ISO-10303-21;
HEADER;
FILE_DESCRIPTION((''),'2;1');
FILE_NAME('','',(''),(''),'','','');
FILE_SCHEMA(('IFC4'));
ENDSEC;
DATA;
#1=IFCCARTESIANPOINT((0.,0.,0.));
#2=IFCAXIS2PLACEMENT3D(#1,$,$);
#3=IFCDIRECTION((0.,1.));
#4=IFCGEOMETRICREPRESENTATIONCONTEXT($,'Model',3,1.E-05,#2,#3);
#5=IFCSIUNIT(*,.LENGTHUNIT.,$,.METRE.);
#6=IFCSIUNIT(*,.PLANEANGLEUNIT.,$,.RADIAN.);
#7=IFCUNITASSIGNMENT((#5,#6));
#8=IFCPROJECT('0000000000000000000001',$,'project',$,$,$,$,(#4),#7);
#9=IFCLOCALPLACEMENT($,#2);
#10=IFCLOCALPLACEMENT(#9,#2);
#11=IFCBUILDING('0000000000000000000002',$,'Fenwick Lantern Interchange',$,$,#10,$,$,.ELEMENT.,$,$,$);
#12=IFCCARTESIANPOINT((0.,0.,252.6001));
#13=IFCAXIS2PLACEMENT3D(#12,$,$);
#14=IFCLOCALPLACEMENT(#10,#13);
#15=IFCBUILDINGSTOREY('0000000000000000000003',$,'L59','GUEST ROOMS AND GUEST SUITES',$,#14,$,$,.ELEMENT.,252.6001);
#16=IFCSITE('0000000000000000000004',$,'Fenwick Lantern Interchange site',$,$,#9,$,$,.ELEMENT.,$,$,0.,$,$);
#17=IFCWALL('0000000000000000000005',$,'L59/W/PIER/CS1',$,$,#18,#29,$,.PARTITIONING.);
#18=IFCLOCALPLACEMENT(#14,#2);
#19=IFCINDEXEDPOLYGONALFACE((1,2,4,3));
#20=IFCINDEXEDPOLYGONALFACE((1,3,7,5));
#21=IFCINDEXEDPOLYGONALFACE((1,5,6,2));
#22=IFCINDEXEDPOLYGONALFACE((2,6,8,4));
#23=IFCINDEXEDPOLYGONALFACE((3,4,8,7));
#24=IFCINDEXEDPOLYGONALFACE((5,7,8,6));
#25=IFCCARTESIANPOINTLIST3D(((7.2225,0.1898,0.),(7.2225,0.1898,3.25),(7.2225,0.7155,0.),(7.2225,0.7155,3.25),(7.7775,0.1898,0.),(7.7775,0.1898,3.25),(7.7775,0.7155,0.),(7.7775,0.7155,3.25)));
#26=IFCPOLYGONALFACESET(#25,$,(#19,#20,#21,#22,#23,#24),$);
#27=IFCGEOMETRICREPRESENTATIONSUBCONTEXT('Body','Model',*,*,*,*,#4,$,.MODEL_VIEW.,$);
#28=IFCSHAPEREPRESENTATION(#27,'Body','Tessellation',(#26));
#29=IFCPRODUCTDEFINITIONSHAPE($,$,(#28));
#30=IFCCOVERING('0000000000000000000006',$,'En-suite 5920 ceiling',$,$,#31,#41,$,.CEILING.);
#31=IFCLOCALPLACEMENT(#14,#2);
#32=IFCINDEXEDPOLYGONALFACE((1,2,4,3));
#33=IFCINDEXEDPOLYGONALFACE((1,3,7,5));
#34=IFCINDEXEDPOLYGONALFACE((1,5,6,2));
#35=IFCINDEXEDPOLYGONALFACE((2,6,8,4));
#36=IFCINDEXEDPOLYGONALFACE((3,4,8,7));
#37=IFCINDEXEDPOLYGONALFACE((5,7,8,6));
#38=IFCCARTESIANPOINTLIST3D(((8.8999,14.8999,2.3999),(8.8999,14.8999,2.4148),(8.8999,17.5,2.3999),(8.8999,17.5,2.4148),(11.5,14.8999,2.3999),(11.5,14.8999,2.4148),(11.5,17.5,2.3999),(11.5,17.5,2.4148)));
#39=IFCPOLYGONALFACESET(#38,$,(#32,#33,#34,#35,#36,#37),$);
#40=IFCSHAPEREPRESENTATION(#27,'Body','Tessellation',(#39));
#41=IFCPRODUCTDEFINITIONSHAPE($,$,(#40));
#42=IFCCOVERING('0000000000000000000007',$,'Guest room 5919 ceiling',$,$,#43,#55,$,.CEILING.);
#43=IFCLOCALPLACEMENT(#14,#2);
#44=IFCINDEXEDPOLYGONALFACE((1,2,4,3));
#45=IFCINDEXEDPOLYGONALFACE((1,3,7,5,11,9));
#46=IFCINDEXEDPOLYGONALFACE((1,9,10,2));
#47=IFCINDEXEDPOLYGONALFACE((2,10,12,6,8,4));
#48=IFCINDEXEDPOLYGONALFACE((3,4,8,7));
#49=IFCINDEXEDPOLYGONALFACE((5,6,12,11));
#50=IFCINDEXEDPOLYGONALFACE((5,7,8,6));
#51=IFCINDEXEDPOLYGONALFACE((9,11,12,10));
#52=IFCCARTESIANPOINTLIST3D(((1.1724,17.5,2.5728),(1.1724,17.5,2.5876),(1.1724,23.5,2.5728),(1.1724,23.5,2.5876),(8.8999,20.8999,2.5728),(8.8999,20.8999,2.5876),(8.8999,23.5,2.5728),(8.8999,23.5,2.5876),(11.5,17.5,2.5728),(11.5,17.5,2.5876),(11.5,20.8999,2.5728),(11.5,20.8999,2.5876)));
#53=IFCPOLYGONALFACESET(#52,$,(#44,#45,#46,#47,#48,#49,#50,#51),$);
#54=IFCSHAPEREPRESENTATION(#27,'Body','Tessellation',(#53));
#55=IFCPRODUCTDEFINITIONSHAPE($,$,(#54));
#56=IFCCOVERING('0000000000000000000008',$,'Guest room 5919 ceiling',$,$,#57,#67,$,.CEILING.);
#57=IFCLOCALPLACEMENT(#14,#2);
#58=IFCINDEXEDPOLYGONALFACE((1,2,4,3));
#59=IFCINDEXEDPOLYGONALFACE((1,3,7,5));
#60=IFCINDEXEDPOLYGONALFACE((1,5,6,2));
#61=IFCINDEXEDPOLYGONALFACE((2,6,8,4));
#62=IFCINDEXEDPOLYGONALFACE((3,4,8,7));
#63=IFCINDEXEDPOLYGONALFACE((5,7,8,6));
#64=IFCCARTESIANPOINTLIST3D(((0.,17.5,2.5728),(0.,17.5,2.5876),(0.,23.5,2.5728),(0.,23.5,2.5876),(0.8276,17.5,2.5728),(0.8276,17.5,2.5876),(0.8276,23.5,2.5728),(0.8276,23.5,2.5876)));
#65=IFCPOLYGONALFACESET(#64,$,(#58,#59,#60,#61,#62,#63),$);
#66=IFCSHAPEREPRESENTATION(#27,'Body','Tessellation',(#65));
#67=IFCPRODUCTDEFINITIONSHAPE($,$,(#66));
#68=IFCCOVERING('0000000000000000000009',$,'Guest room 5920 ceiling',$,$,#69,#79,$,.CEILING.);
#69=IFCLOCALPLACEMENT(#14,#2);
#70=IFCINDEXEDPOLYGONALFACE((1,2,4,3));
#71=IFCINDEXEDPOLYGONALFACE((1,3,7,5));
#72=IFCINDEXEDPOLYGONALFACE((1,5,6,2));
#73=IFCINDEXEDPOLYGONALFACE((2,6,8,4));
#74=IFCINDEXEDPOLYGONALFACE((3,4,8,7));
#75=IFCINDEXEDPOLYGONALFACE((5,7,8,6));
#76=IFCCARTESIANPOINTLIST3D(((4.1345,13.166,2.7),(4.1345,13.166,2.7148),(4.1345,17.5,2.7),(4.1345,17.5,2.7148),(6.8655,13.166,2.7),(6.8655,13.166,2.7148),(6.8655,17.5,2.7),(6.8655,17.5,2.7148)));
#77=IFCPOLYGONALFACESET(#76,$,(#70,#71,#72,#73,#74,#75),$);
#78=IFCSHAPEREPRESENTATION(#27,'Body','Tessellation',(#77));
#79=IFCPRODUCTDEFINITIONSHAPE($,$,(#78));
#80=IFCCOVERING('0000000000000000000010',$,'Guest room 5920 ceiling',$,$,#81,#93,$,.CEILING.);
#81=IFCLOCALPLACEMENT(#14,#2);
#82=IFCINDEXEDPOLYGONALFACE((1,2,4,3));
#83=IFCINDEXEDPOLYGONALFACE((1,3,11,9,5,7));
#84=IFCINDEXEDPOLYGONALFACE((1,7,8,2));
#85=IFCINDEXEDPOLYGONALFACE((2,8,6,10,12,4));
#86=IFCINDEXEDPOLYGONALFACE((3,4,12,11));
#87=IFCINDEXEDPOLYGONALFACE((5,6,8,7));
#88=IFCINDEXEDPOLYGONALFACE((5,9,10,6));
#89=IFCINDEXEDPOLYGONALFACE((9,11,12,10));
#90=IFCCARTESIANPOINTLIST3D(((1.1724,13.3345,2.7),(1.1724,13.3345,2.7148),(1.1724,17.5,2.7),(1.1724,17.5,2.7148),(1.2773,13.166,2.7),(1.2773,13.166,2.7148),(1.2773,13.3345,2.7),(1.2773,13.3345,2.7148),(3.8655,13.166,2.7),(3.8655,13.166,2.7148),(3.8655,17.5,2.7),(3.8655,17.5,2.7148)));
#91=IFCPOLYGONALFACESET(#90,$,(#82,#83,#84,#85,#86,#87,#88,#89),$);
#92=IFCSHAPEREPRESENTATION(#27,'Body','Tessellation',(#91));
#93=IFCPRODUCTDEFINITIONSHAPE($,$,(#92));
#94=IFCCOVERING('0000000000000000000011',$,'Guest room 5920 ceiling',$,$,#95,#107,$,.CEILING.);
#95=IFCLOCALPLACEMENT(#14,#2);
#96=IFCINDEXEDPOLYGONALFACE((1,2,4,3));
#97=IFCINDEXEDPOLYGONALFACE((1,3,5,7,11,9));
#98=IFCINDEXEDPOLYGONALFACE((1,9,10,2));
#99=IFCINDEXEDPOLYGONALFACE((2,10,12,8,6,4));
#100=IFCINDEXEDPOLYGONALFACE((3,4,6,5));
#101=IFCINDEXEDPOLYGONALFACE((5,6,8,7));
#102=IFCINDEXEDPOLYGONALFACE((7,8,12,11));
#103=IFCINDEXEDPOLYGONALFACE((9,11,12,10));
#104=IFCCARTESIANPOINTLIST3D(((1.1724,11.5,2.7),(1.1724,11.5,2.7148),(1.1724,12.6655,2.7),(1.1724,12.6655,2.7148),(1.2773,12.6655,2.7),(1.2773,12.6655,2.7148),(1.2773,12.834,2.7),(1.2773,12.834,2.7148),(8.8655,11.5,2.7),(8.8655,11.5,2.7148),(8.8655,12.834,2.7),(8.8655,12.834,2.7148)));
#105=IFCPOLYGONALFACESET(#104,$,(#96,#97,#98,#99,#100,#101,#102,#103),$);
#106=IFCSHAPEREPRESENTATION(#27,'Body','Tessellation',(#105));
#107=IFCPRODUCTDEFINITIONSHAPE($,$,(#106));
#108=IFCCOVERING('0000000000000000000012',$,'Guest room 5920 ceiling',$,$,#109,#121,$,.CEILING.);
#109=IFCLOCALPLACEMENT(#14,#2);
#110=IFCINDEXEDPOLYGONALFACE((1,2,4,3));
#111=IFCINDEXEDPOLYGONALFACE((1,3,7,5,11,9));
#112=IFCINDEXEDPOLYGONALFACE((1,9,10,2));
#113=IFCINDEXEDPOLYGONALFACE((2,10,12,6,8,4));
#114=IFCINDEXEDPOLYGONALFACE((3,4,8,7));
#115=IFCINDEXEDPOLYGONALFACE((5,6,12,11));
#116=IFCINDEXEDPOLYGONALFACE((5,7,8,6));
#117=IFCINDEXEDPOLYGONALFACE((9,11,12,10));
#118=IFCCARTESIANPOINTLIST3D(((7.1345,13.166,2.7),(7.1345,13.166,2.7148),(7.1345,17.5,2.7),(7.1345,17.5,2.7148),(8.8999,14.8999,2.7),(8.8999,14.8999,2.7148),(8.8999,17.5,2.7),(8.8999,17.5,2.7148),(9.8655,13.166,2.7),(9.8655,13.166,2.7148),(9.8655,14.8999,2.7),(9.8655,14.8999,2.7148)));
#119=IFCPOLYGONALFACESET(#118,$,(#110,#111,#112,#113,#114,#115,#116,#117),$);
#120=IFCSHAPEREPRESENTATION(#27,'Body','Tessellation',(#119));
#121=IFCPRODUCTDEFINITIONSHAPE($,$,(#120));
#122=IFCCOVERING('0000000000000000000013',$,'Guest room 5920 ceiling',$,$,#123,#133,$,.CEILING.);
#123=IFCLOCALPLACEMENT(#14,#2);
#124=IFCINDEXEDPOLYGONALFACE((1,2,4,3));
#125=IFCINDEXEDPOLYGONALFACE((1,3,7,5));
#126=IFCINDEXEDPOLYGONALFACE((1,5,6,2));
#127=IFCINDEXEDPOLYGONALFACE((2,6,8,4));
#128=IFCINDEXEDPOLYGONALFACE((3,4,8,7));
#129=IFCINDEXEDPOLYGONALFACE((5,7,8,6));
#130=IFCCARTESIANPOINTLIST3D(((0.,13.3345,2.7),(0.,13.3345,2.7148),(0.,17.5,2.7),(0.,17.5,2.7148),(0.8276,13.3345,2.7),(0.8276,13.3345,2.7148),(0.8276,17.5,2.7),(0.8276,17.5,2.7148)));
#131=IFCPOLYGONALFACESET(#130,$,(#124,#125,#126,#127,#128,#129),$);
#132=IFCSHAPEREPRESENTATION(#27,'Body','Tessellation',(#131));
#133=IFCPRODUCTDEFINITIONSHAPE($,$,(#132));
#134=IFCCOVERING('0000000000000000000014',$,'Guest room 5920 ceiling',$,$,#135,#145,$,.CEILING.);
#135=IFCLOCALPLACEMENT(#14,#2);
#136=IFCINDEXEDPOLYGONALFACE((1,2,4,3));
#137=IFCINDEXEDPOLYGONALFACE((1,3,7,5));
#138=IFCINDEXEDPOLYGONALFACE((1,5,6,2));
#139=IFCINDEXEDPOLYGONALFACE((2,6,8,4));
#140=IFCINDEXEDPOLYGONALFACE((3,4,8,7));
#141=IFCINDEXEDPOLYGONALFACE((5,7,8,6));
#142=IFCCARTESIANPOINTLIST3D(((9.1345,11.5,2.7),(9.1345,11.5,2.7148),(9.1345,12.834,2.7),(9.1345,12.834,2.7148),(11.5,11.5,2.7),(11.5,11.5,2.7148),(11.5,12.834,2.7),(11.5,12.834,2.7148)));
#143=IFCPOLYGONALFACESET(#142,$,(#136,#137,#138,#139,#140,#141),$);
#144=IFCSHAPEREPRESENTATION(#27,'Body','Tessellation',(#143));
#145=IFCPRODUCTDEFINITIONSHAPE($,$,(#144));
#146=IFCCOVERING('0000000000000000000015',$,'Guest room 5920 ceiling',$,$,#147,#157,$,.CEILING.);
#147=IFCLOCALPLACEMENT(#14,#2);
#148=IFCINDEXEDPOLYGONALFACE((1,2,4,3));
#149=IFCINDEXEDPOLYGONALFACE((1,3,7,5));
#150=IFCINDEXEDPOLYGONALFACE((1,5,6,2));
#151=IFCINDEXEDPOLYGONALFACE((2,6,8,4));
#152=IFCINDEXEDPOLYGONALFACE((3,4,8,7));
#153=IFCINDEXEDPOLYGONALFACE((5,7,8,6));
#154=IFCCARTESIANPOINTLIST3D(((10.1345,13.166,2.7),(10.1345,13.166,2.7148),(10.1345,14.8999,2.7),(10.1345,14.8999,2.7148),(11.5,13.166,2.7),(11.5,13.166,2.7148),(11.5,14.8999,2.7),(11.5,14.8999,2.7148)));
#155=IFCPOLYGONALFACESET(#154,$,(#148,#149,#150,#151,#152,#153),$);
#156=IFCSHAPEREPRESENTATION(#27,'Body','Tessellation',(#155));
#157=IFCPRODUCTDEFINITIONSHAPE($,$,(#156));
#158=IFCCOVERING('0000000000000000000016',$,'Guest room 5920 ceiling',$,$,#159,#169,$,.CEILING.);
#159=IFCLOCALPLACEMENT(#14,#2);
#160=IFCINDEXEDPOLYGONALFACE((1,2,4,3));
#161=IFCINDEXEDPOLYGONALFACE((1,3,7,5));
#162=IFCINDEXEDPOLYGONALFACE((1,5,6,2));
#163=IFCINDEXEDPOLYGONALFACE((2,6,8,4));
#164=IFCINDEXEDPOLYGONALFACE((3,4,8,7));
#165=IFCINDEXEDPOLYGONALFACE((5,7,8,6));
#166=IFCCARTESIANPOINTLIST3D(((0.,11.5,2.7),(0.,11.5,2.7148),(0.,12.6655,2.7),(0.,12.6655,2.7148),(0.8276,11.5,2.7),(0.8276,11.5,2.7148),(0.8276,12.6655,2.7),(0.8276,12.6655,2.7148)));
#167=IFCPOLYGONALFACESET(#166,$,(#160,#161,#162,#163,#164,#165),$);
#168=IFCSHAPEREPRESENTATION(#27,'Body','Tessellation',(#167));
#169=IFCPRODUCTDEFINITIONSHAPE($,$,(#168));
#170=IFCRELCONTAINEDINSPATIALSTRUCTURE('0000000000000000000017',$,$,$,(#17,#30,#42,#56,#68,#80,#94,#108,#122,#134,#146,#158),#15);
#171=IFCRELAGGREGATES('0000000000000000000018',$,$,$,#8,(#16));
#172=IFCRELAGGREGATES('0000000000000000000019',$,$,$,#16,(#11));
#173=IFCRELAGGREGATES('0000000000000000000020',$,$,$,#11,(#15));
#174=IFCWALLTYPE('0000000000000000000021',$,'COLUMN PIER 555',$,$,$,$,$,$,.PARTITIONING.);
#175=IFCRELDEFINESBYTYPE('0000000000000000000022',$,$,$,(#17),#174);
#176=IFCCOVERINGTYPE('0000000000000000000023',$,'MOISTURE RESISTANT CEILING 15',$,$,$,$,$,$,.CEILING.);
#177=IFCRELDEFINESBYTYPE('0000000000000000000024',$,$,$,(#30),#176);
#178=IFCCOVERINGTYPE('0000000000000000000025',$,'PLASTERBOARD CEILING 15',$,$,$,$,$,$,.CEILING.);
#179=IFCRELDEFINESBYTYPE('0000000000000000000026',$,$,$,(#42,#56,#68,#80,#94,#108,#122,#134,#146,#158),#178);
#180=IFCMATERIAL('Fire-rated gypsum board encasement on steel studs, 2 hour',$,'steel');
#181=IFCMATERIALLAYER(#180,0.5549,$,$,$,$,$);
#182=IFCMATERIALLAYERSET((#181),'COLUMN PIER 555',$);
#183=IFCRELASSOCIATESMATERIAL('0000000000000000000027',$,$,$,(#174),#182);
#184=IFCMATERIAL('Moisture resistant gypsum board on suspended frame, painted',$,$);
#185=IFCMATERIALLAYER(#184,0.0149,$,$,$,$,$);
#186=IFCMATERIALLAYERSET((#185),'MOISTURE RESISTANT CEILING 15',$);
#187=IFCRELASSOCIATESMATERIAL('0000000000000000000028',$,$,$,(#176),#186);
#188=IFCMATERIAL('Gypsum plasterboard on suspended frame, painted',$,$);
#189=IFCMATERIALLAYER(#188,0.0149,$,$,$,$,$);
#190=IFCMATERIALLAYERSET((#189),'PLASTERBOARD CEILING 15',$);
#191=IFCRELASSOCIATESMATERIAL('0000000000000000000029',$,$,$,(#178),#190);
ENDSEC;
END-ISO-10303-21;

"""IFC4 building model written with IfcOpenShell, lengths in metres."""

from ifc_helpers import new_model, si_unit, direction, frame, frame_2d, origin, place, context, subcontext, project, spatial, polyline, rectangle, outline, extrude, material, layer, layer_set, type_object, element, save


model = new_model("IFC4")

# Units and contexts
model_context = context("Model", 3, precision=1e-05, world=origin(), true_north=direction((0.0, 1.0)))
body_context = subcontext(model_context, "Body", "Model", "MODEL_VIEW")
ifc_project = project(units=[si_unit("LENGTHUNIT", "METRE"), si_unit("PLANEANGLEUNIT", "RADIAN")], contexts=[model_context])

# Site, building, storey
site_placement = place(None, origin())
site = spatial("IfcSite", under=ifc_project, at=site_placement, Name="Fenwick Lantern Interchange site", CompositionType="ELEMENT", RefElevation=0.0)
building_placement = place(site_placement, origin())
building = spatial("IfcBuilding", under=site, at=building_placement, Name="Fenwick Lantern Interchange", CompositionType="ELEMENT")
storey_placement = place(building_placement, frame((0.0, 0.0, 252.6001)))
storey = spatial("IfcBuildingStorey", under=building, at=storey_placement, Name="L59", Description="GUEST ROOMS AND GUEST SUITES", CompositionType="ELEMENT", Elevation=252.6001)

# Wall
ifc_material_1 = material(Name="Fire-rated gypsum board encasement on steel studs, 2 hour", Category="steel")
ifc_layer_1 = layer(ifc_material_1, 0.5549)
ifc_layer_set_1 = layer_set([ifc_layer_1], Name="COLUMN PIER 555")
wall_type = type_object("IfcWallType", Name="COLUMN PIER 555", PredefinedType="PARTITIONING", material=ifc_layer_set_1)
wall_placement = place(storey_placement, frame((7.5, 0.1899, 0.0), z_axis=(0.0, 0.0, 1.0), x_axis=(0.0, 1.0, 0.0)))
element("IfcWall", 1, at=wall_placement, inside=storey, type_object=wall_type, Name="L59/W/PIER/CS1", PredefinedType="PARTITIONING", context=body_context, shape_type="SweptSolid", body=[
    extrude(rectangle(XDim=0.5256, YDim=0.5549, at=frame_2d((0.2627, 0.0))), origin(), (0.0, 0.0, 1.0), 3.25),
])

# Coverings
ifc_material_2 = material(Name="Moisture resistant gypsum board on suspended frame, painted")
ifc_layer_2 = layer(ifc_material_2, 0.0149)
ifc_layer_set_2 = layer_set([ifc_layer_2], Name="MOISTURE RESISTANT CEILING 15")
covering_type_1 = type_object("IfcCoveringType", Name="MOISTURE RESISTANT CEILING 15", PredefinedType="CEILING", material=ifc_layer_set_2)
covering_1_placement = place(storey_placement, frame((0.0, 0.0, 2.3999)))
element("IfcCovering", 2, at=covering_1_placement, inside=storey, type_object=covering_type_1, Name="En-suite 5920 ceiling", PredefinedType="CEILING", context=body_context, shape_type="SweptSolid", body=[
    extrude(outline(polyline([(8.8999, 17.5), (8.8999, 14.8999), (11.5, 14.8999), (11.5, 17.5), (8.8999, 17.5)])), origin(), (0.0, 0.0, 1.0), 0.0149),
])
ifc_material_3 = material(Name="Gypsum plasterboard on suspended frame, painted")
ifc_layer_3 = layer(ifc_material_3, 0.0149)
ifc_layer_set_3 = layer_set([ifc_layer_3], Name="PLASTERBOARD CEILING 15")
covering_type_2 = type_object("IfcCoveringType", Name="PLASTERBOARD CEILING 15", PredefinedType="CEILING", material=ifc_layer_set_3)
covering_2_placement = place(storey_placement, frame((0.0, 0.0, 2.5728)))
element("IfcCovering", 3, at=covering_2_placement, inside=storey, type_object=covering_type_2, Name="Guest room 5919 ceiling", PredefinedType="CEILING", context=body_context, shape_type="SweptSolid", body=[
    extrude(outline(polyline([(1.1724, 17.5), (11.5, 17.5), (11.5, 20.8999), (8.8999, 20.8999), (8.8999, 23.5), (1.1724, 23.5), (1.1724, 17.5)])), origin(), (0.0, 0.0, 1.0), 0.0149),
])
covering_3_placement = place(storey_placement, frame((0.0, 0.0, 2.5728)))
element("IfcCovering", 4, at=covering_3_placement, inside=storey, type_object=covering_type_2, Name="Guest room 5919 ceiling", PredefinedType="CEILING", context=body_context, shape_type="SweptSolid", body=[
    extrude(outline(polyline([(0.0, 17.5), (0.8276, 17.5), (0.8276, 23.5), (0.0, 23.5), (0.0, 17.5)])), origin(), (0.0, 0.0, 1.0), 0.0149),
])
covering_4_placement = place(storey_placement, frame((0.0, 0.0, 2.7)))
element("IfcCovering", 5, at=covering_4_placement, inside=storey, type_object=covering_type_2, Name="Guest room 5920 ceiling", PredefinedType="CEILING", context=body_context, shape_type="SweptSolid", body=[
    extrude(outline(polyline([(6.8655, 17.5), (4.1345, 17.5), (4.1345, 13.166), (6.8655, 13.166), (6.8655, 17.5)])), origin(), (0.0, 0.0, 1.0), 0.0149),
])
covering_5_placement = place(storey_placement, frame((0.0, 0.0, 2.7)))
element("IfcCovering", 6, at=covering_5_placement, inside=storey, type_object=covering_type_2, Name="Guest room 5920 ceiling", PredefinedType="CEILING", context=body_context, shape_type="SweptSolid", body=[
    extrude(outline(polyline([(1.2773, 13.3345), (1.2773, 13.166), (3.8655, 13.166), (3.8655, 17.5), (1.1724, 17.5), (1.1724, 13.3345), (1.2773, 13.3345)])), origin(), (0.0, 0.0, 1.0), 0.0149),
])
covering_6_placement = place(storey_placement, frame((0.0, 0.0, 2.7)))
element("IfcCovering", 7, at=covering_6_placement, inside=storey, type_object=covering_type_2, Name="Guest room 5920 ceiling", PredefinedType="CEILING", context=body_context, shape_type="SweptSolid", body=[
    extrude(outline(polyline([(1.2773, 12.6655), (1.1724, 12.6655), (1.1724, 11.5), (8.8655, 11.5), (8.8655, 12.834), (1.2773, 12.834), (1.2773, 12.6655)])), origin(), (0.0, 0.0, 1.0), 0.0149),
])
covering_7_placement = place(storey_placement, frame((0.0, 0.0, 2.7)))
element("IfcCovering", 8, at=covering_7_placement, inside=storey, type_object=covering_type_2, Name="Guest room 5920 ceiling", PredefinedType="CEILING", context=body_context, shape_type="SweptSolid", body=[
    extrude(outline(polyline([(8.8999, 17.5), (7.1345, 17.5), (7.1345, 13.166), (9.8655, 13.166), (9.8655, 14.8999), (8.8999, 14.8999), (8.8999, 17.5)])), origin(), (0.0, 0.0, 1.0), 0.0149),
])
covering_8_placement = place(storey_placement, frame((0.0, 0.0, 2.7)))
element("IfcCovering", 9, at=covering_8_placement, inside=storey, type_object=covering_type_2, Name="Guest room 5920 ceiling", PredefinedType="CEILING", context=body_context, shape_type="SweptSolid", body=[
    extrude(outline(polyline([(0.0, 13.3345), (0.8276, 13.3345), (0.8276, 17.5), (0.0, 17.5), (0.0, 13.3345)])), origin(), (0.0, 0.0, 1.0), 0.0149),
])
covering_9_placement = place(storey_placement, frame((0.0, 0.0, 2.7)))
element("IfcCovering", 10, at=covering_9_placement, inside=storey, type_object=covering_type_2, Name="Guest room 5920 ceiling", PredefinedType="CEILING", context=body_context, shape_type="SweptSolid", body=[
    extrude(outline(polyline([(11.5, 11.5), (11.5, 12.834), (9.1345, 12.834), (9.1345, 11.5), (11.5, 11.5)])), origin(), (0.0, 0.0, 1.0), 0.0149),
])
covering_10_placement = place(storey_placement, frame((0.0, 0.0, 2.7)))
element("IfcCovering", 11, at=covering_10_placement, inside=storey, type_object=covering_type_2, Name="Guest room 5920 ceiling", PredefinedType="CEILING", context=body_context, shape_type="SweptSolid", body=[
    extrude(outline(polyline([(11.5, 14.8999), (10.1345, 14.8999), (10.1345, 13.166), (11.5, 13.166), (11.5, 14.8999)])), origin(), (0.0, 0.0, 1.0), 0.0149),
])
covering_11_placement = place(storey_placement, frame((0.0, 0.0, 2.7)))
element("IfcCovering", 12, at=covering_11_placement, inside=storey, type_object=covering_type_2, Name="Guest room 5920 ceiling", PredefinedType="CEILING", context=body_context, shape_type="SweptSolid", body=[
    extrude(outline(polyline([(0.0, 12.6655), (0.0, 11.5), (0.8276, 11.5), (0.8276, 12.6655), (0.0, 12.6655)])), origin(), (0.0, 0.0, 1.0), 0.0149),
])

save(model, "model.ifc")
